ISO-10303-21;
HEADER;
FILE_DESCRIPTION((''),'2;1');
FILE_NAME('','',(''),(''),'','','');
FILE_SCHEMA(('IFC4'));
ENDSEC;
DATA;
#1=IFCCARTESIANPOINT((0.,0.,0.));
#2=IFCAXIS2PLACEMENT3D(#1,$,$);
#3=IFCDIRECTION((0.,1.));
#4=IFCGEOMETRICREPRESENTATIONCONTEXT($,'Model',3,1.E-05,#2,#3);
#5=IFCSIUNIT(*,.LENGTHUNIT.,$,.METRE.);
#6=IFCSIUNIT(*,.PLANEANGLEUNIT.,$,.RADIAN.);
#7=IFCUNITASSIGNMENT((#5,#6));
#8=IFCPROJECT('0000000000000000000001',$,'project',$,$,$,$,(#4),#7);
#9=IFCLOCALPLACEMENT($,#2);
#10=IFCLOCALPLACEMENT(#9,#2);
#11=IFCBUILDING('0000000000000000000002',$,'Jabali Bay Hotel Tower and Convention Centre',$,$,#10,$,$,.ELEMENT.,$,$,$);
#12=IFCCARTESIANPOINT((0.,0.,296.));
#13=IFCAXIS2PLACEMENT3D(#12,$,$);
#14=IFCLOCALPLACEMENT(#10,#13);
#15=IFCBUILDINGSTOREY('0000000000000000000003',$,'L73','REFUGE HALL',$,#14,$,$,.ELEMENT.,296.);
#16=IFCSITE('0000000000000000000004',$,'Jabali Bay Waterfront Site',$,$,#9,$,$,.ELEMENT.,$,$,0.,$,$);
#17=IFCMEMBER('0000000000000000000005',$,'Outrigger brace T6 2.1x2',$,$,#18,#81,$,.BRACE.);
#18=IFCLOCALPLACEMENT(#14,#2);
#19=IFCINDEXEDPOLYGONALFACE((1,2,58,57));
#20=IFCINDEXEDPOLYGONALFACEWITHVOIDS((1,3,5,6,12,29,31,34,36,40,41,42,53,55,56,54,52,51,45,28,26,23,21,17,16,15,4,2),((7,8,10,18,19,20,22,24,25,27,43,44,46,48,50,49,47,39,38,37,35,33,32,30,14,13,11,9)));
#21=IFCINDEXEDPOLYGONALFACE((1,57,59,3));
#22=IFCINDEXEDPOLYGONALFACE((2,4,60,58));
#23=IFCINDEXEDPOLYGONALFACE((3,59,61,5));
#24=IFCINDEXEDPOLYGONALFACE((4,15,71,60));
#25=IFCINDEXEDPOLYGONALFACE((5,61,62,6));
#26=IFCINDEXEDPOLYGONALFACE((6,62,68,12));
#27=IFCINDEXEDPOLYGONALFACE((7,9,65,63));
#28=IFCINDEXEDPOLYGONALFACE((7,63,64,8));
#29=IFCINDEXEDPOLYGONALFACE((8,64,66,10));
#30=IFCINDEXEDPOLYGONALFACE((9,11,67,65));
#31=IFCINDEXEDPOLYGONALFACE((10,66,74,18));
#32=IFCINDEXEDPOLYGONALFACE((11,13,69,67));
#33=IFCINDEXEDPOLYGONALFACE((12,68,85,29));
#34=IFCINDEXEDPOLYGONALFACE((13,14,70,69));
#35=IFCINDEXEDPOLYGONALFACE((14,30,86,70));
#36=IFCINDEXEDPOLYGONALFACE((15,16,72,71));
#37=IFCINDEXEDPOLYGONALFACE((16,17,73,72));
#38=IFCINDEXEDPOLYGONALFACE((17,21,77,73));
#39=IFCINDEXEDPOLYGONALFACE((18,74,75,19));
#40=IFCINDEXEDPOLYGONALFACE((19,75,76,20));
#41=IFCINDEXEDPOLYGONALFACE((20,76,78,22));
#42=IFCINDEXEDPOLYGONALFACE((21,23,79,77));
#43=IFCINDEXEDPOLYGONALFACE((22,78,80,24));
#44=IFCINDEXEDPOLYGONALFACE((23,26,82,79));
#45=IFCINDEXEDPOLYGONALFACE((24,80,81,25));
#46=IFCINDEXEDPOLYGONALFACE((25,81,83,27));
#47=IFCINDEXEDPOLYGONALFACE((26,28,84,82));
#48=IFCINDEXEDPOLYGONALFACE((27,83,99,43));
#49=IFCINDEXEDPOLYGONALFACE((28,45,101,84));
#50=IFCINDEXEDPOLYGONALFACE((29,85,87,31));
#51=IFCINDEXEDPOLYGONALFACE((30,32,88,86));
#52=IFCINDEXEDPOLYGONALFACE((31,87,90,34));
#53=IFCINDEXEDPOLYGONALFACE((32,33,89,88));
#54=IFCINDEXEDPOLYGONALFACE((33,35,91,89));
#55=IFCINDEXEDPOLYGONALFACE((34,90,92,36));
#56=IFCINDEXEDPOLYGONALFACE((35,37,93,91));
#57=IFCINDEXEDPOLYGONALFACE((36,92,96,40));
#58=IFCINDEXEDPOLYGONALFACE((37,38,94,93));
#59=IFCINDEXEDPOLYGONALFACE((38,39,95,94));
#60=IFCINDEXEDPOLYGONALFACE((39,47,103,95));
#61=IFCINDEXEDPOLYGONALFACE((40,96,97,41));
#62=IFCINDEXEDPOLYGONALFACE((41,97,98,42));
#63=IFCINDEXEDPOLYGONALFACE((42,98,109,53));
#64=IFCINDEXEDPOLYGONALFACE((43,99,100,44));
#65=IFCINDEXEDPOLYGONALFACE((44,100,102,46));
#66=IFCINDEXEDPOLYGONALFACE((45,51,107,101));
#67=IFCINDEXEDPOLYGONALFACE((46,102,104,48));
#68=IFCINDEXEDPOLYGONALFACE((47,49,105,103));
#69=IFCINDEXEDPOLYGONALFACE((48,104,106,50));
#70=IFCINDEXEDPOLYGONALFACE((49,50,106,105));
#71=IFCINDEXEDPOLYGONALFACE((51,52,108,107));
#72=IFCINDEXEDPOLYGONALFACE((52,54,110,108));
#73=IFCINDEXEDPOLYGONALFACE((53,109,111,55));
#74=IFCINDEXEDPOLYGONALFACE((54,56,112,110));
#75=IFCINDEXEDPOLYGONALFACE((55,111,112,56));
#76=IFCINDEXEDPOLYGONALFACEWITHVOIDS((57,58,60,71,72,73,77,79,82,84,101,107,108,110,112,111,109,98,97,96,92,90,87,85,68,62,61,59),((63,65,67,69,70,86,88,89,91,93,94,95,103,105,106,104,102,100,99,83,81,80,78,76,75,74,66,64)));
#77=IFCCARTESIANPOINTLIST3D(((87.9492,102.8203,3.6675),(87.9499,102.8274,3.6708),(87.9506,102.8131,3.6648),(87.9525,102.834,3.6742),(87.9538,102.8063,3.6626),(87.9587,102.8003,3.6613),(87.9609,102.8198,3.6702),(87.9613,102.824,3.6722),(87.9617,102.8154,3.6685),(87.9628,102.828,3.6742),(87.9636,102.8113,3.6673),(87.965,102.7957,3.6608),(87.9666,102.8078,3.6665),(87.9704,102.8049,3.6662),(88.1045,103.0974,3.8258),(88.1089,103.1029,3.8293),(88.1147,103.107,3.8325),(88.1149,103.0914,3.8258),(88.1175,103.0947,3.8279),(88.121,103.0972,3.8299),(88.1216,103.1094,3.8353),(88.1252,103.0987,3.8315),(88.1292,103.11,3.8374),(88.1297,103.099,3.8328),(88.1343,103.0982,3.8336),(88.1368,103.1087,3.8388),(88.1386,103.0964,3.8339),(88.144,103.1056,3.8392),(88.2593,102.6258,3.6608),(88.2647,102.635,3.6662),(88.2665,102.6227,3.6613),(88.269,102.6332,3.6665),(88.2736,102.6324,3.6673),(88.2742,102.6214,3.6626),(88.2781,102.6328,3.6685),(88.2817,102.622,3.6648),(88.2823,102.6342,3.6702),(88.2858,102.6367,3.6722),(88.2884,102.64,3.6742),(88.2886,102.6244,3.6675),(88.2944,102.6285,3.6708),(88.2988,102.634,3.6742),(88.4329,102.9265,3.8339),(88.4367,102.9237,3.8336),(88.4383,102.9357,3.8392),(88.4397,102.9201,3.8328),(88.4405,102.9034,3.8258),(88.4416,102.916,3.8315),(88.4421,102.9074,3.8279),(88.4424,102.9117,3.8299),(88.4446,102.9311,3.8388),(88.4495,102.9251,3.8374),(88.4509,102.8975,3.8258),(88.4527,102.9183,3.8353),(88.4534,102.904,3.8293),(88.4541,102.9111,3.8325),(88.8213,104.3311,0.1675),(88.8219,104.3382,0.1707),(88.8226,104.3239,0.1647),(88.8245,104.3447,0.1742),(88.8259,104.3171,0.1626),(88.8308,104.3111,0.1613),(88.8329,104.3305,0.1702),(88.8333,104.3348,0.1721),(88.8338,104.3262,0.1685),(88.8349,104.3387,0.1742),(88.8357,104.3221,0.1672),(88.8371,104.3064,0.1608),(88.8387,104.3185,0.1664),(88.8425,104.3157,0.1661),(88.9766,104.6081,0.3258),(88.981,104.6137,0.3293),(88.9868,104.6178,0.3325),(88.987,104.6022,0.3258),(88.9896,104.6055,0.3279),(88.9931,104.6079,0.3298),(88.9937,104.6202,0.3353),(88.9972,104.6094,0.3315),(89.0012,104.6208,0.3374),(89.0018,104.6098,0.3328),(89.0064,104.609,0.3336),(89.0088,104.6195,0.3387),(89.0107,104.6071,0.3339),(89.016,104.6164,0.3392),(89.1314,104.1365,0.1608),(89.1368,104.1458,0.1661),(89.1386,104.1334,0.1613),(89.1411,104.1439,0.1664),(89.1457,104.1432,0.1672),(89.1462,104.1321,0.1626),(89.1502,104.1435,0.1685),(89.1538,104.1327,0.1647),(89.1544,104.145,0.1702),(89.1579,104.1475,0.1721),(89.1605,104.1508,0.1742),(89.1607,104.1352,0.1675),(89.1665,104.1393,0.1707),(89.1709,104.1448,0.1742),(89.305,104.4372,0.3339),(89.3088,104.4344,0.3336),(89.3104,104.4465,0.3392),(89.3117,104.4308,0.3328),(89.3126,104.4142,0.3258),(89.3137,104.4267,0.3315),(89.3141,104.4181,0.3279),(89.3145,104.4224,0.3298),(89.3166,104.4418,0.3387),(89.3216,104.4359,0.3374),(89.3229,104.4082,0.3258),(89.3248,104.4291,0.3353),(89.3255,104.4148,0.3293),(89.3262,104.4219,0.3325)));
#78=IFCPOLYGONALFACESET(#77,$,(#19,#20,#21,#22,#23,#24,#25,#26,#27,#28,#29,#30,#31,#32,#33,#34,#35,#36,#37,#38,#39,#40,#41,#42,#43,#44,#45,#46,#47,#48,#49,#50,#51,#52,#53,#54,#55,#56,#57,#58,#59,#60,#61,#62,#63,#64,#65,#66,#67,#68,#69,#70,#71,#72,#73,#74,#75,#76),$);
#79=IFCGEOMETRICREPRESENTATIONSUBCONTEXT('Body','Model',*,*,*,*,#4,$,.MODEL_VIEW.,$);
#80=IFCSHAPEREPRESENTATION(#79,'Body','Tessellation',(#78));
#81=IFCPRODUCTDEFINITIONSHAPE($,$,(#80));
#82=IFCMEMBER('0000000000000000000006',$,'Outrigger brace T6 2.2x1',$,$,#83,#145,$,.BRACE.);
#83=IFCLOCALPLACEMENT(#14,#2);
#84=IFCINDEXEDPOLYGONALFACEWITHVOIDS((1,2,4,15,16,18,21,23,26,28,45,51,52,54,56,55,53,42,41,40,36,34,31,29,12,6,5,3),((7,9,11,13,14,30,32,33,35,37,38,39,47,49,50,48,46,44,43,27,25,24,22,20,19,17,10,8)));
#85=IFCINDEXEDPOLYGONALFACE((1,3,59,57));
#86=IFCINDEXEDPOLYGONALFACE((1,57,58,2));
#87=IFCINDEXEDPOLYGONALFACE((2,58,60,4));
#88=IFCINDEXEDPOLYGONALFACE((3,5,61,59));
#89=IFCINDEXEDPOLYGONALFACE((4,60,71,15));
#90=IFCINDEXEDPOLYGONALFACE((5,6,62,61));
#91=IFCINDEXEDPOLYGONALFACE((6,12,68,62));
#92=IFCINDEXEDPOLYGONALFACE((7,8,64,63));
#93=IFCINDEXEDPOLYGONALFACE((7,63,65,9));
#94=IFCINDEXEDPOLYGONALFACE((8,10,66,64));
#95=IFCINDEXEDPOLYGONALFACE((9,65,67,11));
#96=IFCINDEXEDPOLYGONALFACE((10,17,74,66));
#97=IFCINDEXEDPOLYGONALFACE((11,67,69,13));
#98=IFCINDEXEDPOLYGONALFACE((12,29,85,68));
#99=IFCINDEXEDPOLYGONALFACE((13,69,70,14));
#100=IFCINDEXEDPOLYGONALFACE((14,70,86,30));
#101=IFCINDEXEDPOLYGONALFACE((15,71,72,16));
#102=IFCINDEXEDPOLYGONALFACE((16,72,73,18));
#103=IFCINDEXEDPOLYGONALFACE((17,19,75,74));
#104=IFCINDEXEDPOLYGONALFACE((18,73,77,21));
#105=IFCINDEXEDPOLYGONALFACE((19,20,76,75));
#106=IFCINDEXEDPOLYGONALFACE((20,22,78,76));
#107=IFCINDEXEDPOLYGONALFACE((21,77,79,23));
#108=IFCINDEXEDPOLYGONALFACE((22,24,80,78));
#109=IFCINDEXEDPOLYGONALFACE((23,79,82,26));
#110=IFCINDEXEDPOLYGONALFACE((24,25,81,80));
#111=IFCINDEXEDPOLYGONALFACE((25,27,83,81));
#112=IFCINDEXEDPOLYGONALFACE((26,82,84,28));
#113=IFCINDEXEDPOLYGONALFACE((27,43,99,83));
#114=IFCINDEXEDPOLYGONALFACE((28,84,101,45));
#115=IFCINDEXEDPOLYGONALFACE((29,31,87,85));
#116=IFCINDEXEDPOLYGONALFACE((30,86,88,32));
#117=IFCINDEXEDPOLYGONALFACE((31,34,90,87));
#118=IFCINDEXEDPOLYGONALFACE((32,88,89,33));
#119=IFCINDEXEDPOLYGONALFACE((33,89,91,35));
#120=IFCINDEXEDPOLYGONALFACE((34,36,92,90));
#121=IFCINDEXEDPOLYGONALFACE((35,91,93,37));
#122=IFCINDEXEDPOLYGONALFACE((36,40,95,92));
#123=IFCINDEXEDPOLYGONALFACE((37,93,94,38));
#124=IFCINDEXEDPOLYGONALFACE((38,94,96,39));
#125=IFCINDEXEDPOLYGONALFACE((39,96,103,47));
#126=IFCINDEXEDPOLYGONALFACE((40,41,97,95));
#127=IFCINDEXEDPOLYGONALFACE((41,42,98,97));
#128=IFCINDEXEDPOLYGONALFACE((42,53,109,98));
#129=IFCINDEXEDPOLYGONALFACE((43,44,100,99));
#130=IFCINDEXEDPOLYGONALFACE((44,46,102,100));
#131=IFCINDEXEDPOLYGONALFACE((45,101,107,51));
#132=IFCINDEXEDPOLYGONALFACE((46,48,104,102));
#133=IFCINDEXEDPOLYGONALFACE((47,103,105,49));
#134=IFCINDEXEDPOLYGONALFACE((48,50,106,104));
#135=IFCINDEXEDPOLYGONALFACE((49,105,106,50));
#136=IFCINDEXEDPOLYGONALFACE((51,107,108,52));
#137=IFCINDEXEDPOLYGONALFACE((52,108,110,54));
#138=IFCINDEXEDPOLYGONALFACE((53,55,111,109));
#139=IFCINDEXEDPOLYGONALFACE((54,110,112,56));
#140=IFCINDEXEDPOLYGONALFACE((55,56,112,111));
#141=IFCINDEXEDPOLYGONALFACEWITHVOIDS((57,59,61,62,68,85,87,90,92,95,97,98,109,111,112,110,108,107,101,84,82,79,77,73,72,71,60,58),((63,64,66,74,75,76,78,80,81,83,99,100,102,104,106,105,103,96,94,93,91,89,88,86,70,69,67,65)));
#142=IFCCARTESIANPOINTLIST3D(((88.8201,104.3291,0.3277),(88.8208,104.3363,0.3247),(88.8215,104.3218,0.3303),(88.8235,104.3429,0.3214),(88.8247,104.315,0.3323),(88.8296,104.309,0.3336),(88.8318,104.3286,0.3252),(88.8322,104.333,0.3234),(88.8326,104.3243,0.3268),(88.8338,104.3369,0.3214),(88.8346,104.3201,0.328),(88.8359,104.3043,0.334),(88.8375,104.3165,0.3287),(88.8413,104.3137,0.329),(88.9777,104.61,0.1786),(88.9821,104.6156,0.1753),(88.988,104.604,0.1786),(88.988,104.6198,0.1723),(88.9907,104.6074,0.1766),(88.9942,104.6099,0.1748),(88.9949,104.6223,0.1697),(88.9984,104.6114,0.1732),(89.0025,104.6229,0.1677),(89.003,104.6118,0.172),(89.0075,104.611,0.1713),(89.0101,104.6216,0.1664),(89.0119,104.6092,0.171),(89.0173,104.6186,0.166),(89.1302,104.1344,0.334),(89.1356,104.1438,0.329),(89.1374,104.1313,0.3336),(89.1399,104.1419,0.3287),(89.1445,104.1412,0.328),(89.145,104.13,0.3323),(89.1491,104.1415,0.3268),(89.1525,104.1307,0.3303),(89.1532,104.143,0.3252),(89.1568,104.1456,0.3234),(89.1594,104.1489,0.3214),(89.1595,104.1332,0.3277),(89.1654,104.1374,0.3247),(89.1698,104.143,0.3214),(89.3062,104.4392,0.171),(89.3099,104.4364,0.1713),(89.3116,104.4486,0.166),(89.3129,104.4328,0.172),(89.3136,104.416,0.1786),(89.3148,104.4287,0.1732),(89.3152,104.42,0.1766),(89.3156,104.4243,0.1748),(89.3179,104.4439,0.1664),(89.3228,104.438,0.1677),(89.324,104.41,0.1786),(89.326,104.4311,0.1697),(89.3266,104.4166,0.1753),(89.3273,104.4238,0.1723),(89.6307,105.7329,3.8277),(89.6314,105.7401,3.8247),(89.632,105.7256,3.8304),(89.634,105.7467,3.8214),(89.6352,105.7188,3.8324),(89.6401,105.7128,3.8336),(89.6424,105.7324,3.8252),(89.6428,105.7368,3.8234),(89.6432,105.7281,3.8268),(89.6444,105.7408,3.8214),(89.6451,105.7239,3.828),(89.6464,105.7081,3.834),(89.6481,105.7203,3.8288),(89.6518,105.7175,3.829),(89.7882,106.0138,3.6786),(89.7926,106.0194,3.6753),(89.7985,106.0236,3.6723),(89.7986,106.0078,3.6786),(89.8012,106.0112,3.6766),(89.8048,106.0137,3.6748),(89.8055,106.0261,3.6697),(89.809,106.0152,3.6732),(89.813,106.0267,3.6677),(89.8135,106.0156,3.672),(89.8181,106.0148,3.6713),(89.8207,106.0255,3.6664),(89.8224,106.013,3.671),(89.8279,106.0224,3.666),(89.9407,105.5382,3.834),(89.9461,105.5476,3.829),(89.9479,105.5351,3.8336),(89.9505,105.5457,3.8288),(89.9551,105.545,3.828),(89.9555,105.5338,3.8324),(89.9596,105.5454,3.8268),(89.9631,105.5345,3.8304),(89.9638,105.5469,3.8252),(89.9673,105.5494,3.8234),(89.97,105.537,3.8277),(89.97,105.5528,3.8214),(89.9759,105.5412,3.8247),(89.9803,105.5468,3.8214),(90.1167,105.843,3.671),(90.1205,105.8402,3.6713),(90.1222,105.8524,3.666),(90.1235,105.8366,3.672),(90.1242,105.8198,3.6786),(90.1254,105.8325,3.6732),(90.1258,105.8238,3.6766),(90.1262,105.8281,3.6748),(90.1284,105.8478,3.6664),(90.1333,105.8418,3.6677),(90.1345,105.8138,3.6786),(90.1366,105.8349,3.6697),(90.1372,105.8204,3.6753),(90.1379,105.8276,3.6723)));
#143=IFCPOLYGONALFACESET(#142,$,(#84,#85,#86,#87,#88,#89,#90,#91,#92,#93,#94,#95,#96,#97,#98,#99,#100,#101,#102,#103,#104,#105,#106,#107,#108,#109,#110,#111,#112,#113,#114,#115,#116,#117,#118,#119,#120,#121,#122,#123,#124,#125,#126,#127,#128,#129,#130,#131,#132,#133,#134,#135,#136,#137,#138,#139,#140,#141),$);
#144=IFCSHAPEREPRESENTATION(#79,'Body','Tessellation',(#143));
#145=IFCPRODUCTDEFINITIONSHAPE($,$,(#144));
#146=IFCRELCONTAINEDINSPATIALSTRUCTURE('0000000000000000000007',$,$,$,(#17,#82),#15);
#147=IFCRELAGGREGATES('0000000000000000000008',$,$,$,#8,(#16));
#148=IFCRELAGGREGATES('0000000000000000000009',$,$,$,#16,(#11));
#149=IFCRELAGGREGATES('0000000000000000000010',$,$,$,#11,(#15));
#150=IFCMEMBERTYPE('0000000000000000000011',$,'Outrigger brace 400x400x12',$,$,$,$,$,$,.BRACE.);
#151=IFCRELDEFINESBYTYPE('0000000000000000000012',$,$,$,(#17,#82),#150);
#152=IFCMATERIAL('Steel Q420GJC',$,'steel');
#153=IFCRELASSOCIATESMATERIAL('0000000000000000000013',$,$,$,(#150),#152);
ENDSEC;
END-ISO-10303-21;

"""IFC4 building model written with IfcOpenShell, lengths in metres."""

from ifc_helpers import new_model, si_unit, direction, frame, origin, origin_2d, place, context, subcontext, project, spatial, hollow_rectangle, extrude, material, material_profile, profile_set, type_object, element, save


model = new_model("IFC4")

# Units and contexts
model_context = context("Model", 3, precision=1e-05, world=origin(), true_north=direction((0.0, 1.0)))
body_context = subcontext(model_context, "Body", "Model", "MODEL_VIEW")
ifc_project = project(units=[si_unit("LENGTHUNIT", "METRE"), si_unit("PLANEANGLEUNIT", "RADIAN")], contexts=[model_context])

# Site, building, storey
site_placement = place(None, origin())
site = spatial("IfcSite", under=ifc_project, at=site_placement, Name="Jabali Bay Waterfront Site", CompositionType="ELEMENT", RefElevation=0.0)
building_placement = place(site_placement, origin())
building = spatial("IfcBuilding", under=site, at=building_placement, Name="Jabali Bay Hotel Tower and Convention Centre", CompositionType="ELEMENT")
storey_placement = place(building_placement, frame((0.0, 0.0, 296.0)))
storey = spatial("IfcBuildingStorey", under=building, at=storey_placement, Name="L73", Description="REFUGE HALL", CompositionType="ELEMENT", Elevation=296.0)

# Members
ifc_material_1 = material(Name="Steel Q420GJC", Category="steel")
ifc_material_profile_1 = material_profile(ifc_material_1, hollow_rectangle(XDim=0.3999, YDim=0.3999, WallThickness=0.012, InnerFilletRadius=0.0181, OuterFilletRadius=0.03, at=origin_2d()), Name="Outrigger brace 400x400x12")
ifc_profile_set_1 = profile_set([ifc_material_profile_1], Name="Steel Q420GJC")
member_type_1 = type_object("IfcMemberType", Name="Outrigger brace 400x400x12", PredefinedType="BRACE", material=ifc_profile_set_1)
member_1_placement = place(storey_placement, frame((89.0737, 104.3765, 0.25), z_axis=(-0.223001, -0.386319, 0.895002), x_axis=(0.866064, -0.499932, 0.0)))
element("IfcMember", 1, at=member_1_placement, inside=storey, type_object=member_type_1, Name="Outrigger brace T6 2.1x2", PredefinedType="BRACE", context=body_context, shape_type="SweptSolid", body=[
    extrude(hollow_rectangle(XDim=0.3999, YDim=0.3999, WallThickness=0.012, InnerFilletRadius=0.0181, OuterFilletRadius=0.03, at=origin_2d()), origin(), (0.0, 0.0, 1.0), 3.9106),
])
member_2_placement = place(storey_placement, frame((89.0737, 104.3765, 0.25), z_axis=(0.210141, 0.363949, 0.907404), x_axis=(-0.86601, 0.500027, 0.0)))
element("IfcMember", 2, at=member_2_placement, inside=storey, type_object=member_type_1, Name="Outrigger brace T6 2.2x1", PredefinedType="BRACE", context=body_context, shape_type="SweptSolid", body=[
    extrude(hollow_rectangle(XDim=0.3999, YDim=0.3999, WallThickness=0.012, InnerFilletRadius=0.0181, OuterFilletRadius=0.03, at=origin_2d()), origin(), (0.0, 0.0, 1.0), 3.8572),
])

save(model, "model.ifc")
